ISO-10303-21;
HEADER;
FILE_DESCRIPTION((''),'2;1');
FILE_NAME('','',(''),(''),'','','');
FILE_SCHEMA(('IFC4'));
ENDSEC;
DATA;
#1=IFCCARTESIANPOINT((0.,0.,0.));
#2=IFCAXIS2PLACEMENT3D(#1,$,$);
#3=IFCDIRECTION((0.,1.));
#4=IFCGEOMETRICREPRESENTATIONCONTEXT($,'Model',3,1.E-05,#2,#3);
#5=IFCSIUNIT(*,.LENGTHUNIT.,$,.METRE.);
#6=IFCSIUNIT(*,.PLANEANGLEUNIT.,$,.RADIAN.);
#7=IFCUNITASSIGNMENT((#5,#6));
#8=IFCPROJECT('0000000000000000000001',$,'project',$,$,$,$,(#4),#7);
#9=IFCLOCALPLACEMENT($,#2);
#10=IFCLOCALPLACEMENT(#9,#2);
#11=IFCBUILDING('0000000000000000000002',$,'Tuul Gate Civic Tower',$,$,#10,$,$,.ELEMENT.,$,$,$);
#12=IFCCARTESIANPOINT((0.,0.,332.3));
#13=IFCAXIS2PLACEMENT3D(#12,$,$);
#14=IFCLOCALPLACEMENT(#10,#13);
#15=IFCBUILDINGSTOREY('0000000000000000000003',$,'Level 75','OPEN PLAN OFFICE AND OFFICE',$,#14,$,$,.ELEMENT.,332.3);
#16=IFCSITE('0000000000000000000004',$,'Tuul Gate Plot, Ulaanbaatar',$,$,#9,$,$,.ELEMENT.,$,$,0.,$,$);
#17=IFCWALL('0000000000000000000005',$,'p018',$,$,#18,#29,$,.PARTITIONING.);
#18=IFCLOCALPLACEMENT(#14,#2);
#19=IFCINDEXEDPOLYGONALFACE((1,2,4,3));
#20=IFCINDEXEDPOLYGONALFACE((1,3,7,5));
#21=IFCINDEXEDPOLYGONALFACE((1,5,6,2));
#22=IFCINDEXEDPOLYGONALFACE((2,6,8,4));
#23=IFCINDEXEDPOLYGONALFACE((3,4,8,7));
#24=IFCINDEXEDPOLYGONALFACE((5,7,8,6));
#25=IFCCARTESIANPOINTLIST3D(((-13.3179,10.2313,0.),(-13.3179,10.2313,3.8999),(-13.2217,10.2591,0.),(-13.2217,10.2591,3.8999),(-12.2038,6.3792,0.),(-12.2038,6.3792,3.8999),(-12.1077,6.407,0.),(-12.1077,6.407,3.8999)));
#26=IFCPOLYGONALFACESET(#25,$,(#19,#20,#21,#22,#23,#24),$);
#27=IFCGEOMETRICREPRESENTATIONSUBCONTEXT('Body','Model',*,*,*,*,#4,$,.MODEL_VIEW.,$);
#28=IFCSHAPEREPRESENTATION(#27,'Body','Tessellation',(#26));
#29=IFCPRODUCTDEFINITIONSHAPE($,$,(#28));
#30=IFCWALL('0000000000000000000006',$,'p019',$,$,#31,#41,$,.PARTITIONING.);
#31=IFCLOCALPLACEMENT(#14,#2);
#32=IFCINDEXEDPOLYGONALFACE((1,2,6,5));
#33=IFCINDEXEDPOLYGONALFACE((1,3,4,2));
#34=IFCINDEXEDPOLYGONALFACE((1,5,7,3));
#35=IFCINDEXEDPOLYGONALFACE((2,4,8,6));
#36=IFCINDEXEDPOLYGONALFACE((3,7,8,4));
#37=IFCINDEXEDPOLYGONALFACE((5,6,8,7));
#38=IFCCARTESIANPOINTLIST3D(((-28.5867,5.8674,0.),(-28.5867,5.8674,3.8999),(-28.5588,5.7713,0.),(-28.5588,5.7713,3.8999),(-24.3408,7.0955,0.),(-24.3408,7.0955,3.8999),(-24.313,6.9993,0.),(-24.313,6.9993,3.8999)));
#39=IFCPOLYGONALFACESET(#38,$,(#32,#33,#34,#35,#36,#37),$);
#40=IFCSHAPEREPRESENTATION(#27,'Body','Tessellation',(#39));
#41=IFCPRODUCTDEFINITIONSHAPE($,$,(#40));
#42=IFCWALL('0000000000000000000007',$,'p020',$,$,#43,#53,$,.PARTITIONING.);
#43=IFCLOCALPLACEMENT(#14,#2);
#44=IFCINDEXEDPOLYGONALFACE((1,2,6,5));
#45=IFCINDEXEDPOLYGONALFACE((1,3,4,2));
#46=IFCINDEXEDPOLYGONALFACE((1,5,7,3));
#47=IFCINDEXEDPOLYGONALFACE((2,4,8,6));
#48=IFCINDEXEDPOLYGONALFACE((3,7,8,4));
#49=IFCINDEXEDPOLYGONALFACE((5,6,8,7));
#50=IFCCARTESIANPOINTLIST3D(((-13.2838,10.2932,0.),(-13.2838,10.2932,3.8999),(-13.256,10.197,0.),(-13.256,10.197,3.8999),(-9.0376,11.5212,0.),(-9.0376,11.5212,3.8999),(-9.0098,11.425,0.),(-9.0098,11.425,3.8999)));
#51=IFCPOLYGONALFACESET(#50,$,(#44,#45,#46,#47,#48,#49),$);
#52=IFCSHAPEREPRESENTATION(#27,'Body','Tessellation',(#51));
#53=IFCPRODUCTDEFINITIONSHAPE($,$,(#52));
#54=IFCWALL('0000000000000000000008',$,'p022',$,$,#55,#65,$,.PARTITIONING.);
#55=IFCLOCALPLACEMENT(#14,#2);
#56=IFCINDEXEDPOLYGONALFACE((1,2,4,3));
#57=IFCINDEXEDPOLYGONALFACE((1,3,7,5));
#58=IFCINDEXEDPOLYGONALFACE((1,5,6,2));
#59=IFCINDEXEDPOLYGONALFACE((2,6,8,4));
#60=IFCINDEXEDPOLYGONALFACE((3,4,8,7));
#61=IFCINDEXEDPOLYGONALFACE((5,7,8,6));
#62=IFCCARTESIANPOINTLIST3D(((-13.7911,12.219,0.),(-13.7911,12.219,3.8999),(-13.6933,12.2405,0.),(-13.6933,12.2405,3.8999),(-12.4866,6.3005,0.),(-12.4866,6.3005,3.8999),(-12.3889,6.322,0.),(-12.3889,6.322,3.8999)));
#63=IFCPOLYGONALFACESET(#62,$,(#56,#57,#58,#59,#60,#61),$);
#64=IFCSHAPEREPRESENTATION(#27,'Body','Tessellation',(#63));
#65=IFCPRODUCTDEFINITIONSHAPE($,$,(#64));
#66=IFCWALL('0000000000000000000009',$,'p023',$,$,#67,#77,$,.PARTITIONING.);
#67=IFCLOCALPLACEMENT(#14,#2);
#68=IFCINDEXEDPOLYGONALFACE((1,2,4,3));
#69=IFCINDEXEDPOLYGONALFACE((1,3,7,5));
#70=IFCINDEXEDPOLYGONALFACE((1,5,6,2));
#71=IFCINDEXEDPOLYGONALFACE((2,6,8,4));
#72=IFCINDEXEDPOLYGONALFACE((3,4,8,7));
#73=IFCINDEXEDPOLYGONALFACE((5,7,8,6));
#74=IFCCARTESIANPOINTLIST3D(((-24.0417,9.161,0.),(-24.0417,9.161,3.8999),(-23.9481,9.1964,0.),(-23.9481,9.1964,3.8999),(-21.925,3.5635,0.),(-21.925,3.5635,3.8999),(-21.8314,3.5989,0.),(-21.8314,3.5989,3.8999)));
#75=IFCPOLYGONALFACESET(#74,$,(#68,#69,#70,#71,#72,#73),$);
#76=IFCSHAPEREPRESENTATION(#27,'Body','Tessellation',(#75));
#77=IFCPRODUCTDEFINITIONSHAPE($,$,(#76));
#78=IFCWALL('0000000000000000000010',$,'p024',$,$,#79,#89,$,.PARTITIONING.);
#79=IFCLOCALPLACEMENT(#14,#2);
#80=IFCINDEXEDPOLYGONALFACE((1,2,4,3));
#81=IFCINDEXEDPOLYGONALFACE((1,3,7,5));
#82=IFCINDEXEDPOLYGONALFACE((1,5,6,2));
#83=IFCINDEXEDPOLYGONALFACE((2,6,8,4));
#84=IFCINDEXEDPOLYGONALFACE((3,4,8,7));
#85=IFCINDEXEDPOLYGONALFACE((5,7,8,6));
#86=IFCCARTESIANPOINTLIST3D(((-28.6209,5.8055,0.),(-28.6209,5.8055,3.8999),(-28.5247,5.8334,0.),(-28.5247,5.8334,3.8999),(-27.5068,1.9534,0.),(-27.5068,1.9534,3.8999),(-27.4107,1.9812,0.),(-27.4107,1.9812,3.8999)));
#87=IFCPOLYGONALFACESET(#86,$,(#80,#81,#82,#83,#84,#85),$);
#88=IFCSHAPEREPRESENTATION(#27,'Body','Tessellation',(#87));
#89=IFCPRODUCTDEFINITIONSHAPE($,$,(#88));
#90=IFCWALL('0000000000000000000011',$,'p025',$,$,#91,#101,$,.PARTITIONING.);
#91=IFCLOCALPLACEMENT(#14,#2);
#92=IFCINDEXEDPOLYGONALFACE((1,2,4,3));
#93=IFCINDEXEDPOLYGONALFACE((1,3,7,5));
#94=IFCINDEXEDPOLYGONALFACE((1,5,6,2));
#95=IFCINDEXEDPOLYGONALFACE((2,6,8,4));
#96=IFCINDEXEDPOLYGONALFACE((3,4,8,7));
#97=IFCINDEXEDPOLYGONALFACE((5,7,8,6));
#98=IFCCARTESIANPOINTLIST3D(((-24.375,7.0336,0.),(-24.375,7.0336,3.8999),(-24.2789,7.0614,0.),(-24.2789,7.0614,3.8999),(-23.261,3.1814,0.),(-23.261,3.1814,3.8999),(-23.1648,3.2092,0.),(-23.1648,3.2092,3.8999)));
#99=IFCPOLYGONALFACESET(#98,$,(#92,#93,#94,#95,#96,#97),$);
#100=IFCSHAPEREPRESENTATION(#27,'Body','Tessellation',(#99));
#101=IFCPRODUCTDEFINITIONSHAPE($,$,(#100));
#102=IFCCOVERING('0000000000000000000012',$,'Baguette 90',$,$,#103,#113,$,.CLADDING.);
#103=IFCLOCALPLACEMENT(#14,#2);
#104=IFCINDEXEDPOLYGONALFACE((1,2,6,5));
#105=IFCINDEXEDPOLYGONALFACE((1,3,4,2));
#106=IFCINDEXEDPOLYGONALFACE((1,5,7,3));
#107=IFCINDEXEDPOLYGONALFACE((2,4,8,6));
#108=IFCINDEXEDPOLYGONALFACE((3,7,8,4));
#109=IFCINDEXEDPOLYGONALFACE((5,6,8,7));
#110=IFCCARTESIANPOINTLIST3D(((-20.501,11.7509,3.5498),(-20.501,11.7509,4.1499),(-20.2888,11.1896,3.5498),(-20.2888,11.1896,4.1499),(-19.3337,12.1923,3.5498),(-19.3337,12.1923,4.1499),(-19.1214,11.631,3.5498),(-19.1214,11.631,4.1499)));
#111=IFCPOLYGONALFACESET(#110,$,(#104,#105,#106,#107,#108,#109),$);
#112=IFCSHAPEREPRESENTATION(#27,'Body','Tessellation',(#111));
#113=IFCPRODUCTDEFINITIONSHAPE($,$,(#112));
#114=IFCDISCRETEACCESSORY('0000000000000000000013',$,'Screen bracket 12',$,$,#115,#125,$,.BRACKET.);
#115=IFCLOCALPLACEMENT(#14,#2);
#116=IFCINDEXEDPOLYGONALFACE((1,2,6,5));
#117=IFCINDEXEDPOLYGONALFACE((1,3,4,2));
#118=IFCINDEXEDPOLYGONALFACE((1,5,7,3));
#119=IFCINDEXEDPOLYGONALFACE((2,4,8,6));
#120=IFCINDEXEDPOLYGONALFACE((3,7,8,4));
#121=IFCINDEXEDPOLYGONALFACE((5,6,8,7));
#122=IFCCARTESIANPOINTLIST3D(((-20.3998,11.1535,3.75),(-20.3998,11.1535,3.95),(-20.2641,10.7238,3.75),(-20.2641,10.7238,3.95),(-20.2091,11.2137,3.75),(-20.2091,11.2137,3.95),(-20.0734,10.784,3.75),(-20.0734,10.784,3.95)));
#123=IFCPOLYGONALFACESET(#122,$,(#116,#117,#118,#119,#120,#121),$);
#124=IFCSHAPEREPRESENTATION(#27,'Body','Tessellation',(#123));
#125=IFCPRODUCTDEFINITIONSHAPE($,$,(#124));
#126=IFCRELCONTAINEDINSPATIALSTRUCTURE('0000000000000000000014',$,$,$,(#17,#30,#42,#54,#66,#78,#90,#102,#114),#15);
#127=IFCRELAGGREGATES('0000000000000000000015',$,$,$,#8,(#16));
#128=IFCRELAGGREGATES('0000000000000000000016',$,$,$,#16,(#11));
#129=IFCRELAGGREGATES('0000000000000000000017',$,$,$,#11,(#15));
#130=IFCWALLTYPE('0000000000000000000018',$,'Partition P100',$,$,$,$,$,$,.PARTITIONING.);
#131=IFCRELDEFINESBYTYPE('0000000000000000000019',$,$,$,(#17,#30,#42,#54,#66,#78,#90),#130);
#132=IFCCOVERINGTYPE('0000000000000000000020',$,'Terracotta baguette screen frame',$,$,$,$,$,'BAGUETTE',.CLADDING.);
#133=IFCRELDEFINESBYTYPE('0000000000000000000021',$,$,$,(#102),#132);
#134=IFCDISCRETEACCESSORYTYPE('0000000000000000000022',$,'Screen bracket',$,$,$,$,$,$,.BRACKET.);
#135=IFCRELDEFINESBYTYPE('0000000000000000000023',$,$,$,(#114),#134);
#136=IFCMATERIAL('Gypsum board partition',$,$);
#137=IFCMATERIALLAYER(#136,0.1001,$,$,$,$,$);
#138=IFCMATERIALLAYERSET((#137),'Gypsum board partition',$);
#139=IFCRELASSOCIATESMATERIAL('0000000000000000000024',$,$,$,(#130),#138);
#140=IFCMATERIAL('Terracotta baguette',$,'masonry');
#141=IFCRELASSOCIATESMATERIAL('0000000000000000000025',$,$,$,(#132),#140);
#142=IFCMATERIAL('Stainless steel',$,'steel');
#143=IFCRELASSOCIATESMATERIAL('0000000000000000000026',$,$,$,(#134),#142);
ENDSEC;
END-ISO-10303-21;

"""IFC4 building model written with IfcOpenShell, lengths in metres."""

from ifc_helpers import new_model, si_unit, direction, frame, frame_2d, origin, origin_2d, place, context, subcontext, project, spatial, rectangle, extrude, material, layer, layer_set, material_profile, profile_set, type_object, element, save


model = new_model("IFC4")

# Units and contexts
model_context = context("Model", 3, precision=1e-05, world=origin(), true_north=direction((0.0, 1.0)))
body_context = subcontext(model_context, "Body", "Model", "MODEL_VIEW")
ifc_project = project(units=[si_unit("LENGTHUNIT", "METRE"), si_unit("PLANEANGLEUNIT", "RADIAN")], contexts=[model_context])

# Site, building, storey
site_placement = place(None, origin())
site = spatial("IfcSite", under=ifc_project, at=site_placement, Name="Tuul Gate Plot, Ulaanbaatar", CompositionType="ELEMENT", RefElevation=0.0)
building_placement = place(site_placement, origin())
building = spatial("IfcBuilding", under=site, at=building_placement, Name="Tuul Gate Civic Tower", CompositionType="ELEMENT")
storey_placement = place(building_placement, frame((0.0, 0.0, 332.3)))
storey = spatial("IfcBuildingStorey", under=building, at=storey_placement, Name="Level 75", Description="OPEN PLAN OFFICE AND OFFICE", CompositionType="ELEMENT", Elevation=332.3)

# Walls
ifc_material_1 = material(Name="Gypsum board partition")
ifc_layer_1 = layer(ifc_material_1, 0.1001)
ifc_layer_set_1 = layer_set([ifc_layer_1], Name="Gypsum board partition")
wall_type_1 = type_object("IfcWallType", Name="Partition P100", PredefinedType="PARTITIONING", material=ifc_layer_set_1)
wall_1_placement = place(storey_placement, frame((-13.2698, 10.2451, 0.0), z_axis=(0.0, 0.0, 1.0), x_axis=(0.277816, -0.960634, 0.0)))
element("IfcWall", 1, at=wall_1_placement, inside=storey, type_object=wall_type_1, Name="p018", PredefinedType="PARTITIONING", context=body_context, shape_type="SweptSolid", body=[
    extrude(rectangle(XDim=4.01, YDim=0.1001, at=frame_2d((2.0049, 0.0))), origin(), (0.0, 0.0, 1.0), 3.8999),
])
wall_2_placement = place(storey_placement, frame((-28.5728, 5.8193, 0.0), z_axis=(0.0, 0.0, 1.0), x_axis=(0.960627, 0.277842, 0.0)))
element("IfcWall", 2, at=wall_2_placement, inside=storey, type_object=wall_type_1, Name="p019", PredefinedType="PARTITIONING", context=body_context, shape_type="SweptSolid", body=[
    extrude(rectangle(XDim=4.4199, YDim=0.1001, at=frame_2d((2.21, 0.0))), origin(), (0.0, 0.0, 1.0), 3.8999),
])
wall_3_placement = place(storey_placement, frame((-13.2698, 10.2451, 0.0), z_axis=(0.0, 0.0, 1.0), x_axis=(0.960631, 0.277827, 0.0)))
element("IfcWall", 3, at=wall_3_placement, inside=storey, type_object=wall_type_1, Name="p020", PredefinedType="PARTITIONING", context=body_context, shape_type="SweptSolid", body=[
    extrude(rectangle(XDim=4.4202, YDim=0.1001, at=frame_2d((2.21, 0.0))), origin(), (0.0, 0.0, 1.0), 3.8999),
])
wall_4_placement = place(storey_placement, frame((-13.7422, 12.2297, 0.0), z_axis=(0.0, 0.0, 1.0), x_axis=(0.215237, -0.976562, 0.0)))
element("IfcWall", 4, at=wall_4_placement, inside=storey, type_object=wall_type_1, Name="p022", PredefinedType="PARTITIONING", context=body_context, shape_type="SweptSolid", body=[
    extrude(rectangle(XDim=6.0605, YDim=0.1001, at=frame_2d((3.0303, 0.0))), origin(), (0.0, 0.0, 1.0), 3.8999),
])
wall_5_placement = place(storey_placement, frame((-23.9949, 9.1787, 0.0), z_axis=(0.0, 0.0, 1.0), x_axis=(0.353697, -0.93536, 0.0)))
element("IfcWall", 5, at=wall_5_placement, inside=storey, type_object=wall_type_1, Name="p023", PredefinedType="PARTITIONING", context=body_context, shape_type="SweptSolid", body=[
    extrude(rectangle(XDim=5.9844, YDim=0.1001, at=frame_2d((2.9922, 0.0))), origin(), (0.0, 0.0, 1.0), 3.8999),
])
for number, where, z_axis, x_axis, name in (
    (6, (-28.5728, 5.8193, 0.0), (0.0, 0.0, 1.0), (0.277816, -0.960634, 0.0), "p024"),
    (7, (-24.3269, 7.0474, 0.0), (0.0, 0.0, 1.0), (0.277816, -0.960634, 0.0), "p025"),
):
    element("IfcWall", number, at=place(storey_placement, frame(where, z_axis=z_axis, x_axis=x_axis)), inside=storey, type_object=wall_type_1, Name=name, PredefinedType="PARTITIONING", context=body_context, shape_type="SweptSolid", body=[
        extrude(rectangle(XDim=4.01, YDim=0.1001, at=frame_2d((2.0049, 0.0))), origin(), (0.0, 0.0, 1.0), 3.8999),
    ])

# Covering
ifc_material_2 = material(Name="Terracotta baguette", Category="masonry")
ifc_material_profile_1 = material_profile(ifc_material_2, rectangle(XDim=0.6001, YDim=0.6001, at=origin_2d()), Name="Terracotta baguette screen frame")
ifc_profile_set_1 = profile_set([ifc_material_profile_1], Name="Terracotta baguette")
covering_type = type_object("IfcCoveringType", Name="Terracotta baguette screen frame", ElementType="BAGUETTE", PredefinedType="CLADDING", material=ifc_profile_set_1)
covering_placement = place(storey_placement, frame((-19.2275, 11.9116, 3.8499), z_axis=(-0.935377, -0.353652, 0.0), x_axis=(0.353652, -0.935377, 0.0)))
element("IfcCovering", 8, at=covering_placement, inside=storey, type_object=covering_type, Name="Baguette 90", PredefinedType="CLADDING", context=body_context, shape_type="SweptSolid", body=[
    extrude(rectangle(XDim=0.6001, YDim=0.6001, at=origin_2d()), origin(), (0.0, 0.0, 1.0), 1.248),
])

# Discrete accessory
ifc_material_3 = material(Name="Stainless steel", Category="steel")
discrete_accessory_type = type_object("IfcDiscreteAccessoryType", Name="Screen bracket", PredefinedType="BRACKET", material=ifc_material_3)
discrete_accessory_placement = place(storey_placement, frame((-20.2366, 10.9688, 3.75), z_axis=(0.0, 0.0, 1.0), x_axis=(-0.301085, 0.953597, 0.0)))
element("IfcDiscreteAccessory", 9, at=discrete_accessory_placement, inside=storey, type_object=discrete_accessory_type, Name="Screen bracket 12", PredefinedType="BRACKET", context=body_context, shape_type="SweptSolid", body=[
    extrude(rectangle(XDim=0.4507, YDim=0.2, at=origin_2d()), origin(), (0.0, 0.0, 1.0), 0.2),
])

save(model, "model.ifc")
